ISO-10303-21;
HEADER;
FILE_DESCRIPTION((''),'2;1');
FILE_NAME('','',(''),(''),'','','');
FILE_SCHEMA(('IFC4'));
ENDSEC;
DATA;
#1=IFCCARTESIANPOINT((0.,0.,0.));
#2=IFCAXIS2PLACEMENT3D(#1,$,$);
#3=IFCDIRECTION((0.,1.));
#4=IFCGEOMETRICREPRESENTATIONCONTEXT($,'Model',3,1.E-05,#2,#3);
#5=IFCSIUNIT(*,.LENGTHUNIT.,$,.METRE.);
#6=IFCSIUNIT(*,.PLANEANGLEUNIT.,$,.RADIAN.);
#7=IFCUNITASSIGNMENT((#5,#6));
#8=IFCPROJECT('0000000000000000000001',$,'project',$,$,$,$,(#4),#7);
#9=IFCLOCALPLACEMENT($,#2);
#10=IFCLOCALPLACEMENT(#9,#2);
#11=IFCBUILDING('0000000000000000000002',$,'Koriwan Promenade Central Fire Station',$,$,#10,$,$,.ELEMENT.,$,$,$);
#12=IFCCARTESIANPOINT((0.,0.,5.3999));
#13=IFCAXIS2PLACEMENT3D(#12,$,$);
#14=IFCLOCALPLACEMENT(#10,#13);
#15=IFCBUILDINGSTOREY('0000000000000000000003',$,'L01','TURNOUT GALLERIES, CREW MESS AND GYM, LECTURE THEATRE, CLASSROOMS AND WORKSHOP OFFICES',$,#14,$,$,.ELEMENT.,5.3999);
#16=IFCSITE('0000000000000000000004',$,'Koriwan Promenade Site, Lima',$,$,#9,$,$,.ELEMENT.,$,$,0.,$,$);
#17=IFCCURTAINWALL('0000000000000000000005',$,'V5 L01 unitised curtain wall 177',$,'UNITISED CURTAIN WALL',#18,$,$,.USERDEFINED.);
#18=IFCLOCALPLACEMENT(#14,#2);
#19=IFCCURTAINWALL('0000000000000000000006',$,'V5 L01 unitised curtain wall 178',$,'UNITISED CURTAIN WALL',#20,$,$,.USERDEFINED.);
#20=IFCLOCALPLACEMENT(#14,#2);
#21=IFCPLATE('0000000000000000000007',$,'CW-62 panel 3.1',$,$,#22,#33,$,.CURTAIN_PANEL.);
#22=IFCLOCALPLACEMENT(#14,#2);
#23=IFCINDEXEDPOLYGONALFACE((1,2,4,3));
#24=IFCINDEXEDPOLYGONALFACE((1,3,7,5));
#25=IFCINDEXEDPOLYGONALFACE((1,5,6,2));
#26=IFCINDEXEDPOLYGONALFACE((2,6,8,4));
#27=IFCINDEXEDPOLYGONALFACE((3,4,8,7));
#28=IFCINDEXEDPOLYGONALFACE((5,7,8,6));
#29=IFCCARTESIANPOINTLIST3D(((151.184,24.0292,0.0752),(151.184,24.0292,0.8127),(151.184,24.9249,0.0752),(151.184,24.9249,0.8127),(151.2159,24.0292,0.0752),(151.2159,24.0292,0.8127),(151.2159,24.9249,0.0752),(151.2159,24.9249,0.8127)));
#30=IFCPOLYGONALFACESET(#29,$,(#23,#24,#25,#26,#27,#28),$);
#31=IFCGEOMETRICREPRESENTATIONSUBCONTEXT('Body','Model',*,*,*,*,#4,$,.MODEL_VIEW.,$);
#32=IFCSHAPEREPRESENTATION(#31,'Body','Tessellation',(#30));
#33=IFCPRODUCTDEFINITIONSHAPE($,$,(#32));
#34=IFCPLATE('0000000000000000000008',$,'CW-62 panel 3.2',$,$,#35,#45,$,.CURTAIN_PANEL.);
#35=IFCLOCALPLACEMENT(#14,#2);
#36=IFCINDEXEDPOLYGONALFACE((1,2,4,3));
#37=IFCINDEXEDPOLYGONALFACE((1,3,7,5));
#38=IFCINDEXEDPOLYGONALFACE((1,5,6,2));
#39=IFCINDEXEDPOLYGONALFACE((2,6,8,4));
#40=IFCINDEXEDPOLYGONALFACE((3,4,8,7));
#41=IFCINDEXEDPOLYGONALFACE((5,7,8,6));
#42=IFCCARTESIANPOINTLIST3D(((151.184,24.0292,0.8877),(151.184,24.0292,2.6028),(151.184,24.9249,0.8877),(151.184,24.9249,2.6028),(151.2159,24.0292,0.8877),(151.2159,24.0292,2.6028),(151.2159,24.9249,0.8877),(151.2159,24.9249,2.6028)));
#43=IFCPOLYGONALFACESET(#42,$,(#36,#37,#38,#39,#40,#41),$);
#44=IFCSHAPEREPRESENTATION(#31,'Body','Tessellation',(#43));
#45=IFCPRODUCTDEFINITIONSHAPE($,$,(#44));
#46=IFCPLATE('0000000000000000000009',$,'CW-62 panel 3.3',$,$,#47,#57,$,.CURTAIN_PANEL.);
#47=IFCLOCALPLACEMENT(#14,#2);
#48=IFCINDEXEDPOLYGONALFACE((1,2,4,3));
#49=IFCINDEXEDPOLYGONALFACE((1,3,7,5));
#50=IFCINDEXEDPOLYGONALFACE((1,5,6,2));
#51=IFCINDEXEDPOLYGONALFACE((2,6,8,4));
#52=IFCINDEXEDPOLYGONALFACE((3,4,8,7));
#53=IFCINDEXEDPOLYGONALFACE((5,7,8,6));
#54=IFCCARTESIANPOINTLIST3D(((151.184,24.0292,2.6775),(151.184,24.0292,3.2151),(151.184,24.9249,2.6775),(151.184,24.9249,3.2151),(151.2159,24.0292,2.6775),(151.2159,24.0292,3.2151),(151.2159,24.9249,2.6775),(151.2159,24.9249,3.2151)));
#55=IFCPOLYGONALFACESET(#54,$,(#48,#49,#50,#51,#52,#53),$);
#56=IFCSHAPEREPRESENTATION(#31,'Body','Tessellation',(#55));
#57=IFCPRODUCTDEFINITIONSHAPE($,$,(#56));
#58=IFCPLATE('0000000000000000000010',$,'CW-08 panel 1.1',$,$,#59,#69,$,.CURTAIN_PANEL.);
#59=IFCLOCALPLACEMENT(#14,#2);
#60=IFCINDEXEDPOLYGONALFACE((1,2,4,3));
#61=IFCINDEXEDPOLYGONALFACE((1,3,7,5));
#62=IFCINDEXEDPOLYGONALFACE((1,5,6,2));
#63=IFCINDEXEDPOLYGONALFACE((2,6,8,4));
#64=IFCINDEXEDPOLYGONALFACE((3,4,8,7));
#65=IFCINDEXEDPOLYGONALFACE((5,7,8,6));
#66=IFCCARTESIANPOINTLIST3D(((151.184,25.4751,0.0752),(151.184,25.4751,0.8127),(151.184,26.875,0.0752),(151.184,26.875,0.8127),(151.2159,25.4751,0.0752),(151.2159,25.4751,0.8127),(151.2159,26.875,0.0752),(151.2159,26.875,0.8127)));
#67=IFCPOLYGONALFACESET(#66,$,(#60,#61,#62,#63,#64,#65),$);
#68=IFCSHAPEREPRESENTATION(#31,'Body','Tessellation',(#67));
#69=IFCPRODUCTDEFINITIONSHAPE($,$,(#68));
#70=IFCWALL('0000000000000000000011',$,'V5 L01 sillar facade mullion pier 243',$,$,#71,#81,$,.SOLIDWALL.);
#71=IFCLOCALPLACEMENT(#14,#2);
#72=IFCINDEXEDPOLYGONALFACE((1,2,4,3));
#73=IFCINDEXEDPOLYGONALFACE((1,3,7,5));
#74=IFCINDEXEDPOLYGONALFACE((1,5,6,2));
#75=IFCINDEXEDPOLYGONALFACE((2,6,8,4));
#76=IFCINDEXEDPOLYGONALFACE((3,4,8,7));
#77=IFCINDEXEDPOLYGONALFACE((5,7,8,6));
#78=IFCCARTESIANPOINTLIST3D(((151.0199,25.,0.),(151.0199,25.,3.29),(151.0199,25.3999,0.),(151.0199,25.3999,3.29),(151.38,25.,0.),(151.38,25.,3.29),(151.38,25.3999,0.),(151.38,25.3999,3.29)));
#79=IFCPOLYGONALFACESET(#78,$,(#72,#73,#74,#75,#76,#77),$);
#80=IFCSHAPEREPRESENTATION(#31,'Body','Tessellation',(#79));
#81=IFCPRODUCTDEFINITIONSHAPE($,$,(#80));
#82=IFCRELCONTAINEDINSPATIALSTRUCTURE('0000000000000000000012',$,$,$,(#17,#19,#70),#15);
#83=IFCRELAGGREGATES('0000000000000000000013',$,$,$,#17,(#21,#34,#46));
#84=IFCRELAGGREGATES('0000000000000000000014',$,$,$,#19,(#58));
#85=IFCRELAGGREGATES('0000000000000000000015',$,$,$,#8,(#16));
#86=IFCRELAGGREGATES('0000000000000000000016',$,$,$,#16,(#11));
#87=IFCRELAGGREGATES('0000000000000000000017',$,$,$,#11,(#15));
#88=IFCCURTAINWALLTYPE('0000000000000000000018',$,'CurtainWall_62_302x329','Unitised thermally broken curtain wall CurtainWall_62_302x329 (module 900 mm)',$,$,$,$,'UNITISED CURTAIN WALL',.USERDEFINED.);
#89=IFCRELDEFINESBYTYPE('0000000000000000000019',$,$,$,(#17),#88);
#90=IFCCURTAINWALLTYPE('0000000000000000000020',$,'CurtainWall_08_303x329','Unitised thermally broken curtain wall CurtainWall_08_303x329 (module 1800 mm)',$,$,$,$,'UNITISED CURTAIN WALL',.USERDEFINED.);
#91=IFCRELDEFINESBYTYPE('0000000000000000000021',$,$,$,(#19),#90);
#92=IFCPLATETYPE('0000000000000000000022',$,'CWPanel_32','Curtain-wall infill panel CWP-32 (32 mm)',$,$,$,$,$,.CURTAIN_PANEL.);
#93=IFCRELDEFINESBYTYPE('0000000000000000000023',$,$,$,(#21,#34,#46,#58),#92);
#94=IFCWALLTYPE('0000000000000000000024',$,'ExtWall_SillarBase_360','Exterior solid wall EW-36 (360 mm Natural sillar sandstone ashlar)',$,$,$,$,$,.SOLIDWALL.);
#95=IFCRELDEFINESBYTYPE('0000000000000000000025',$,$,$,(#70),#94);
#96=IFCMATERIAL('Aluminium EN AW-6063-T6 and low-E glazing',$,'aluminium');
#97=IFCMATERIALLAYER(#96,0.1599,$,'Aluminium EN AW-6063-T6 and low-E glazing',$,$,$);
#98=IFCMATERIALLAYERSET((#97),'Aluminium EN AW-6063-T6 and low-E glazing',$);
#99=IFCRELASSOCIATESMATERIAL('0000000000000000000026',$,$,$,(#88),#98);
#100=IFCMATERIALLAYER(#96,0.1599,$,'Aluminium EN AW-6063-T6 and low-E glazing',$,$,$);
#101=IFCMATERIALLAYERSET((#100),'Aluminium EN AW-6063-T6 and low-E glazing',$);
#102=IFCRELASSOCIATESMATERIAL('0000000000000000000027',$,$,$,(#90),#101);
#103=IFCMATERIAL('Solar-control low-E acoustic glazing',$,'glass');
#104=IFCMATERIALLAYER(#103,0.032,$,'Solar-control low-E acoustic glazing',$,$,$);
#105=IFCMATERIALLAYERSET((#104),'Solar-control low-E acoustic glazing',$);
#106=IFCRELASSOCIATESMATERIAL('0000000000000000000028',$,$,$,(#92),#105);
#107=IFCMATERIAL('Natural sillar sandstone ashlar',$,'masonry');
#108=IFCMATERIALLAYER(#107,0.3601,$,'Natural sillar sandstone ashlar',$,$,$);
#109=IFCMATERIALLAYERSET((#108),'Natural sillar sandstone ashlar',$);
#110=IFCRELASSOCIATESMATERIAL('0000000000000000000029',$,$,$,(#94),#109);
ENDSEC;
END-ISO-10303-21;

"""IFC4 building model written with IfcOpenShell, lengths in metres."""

from ifc_helpers import new_model, si_unit, direction, frame, frame_2d, origin, origin_2d, place, context, subcontext, project, spatial, rectangle, extrude, material, layer, layer_set, type_object, element, aggregate, save


model = new_model("IFC4")

# Units and contexts
model_context = context("Model", 3, precision=1e-05, world=origin(), true_north=direction((0.0, 1.0)))
body_context = subcontext(model_context, "Body", "Model", "MODEL_VIEW")
ifc_project = project(units=[si_unit("LENGTHUNIT", "METRE"), si_unit("PLANEANGLEUNIT", "RADIAN")], contexts=[model_context])

# Site, building, storey
site_placement = place(None, origin())
site = spatial("IfcSite", under=ifc_project, at=site_placement, Name="Koriwan Promenade Site, Lima", CompositionType="ELEMENT", RefElevation=0.0)
building_placement = place(site_placement, origin())
building = spatial("IfcBuilding", under=site, at=building_placement, Name="Koriwan Promenade Central Fire Station", CompositionType="ELEMENT")
storey_placement = place(building_placement, frame((0.0, 0.0, 5.3999)))
storey = spatial("IfcBuildingStorey", under=building, at=storey_placement, Name="L01", Description="TURNOUT GALLERIES, CREW MESS AND GYM, LECTURE THEATRE, CLASSROOMS AND WORKSHOP OFFICES", CompositionType="ELEMENT", Elevation=5.3999)

# Curtain wall
ifc_material_1 = material(Name="Aluminium EN AW-6063-T6 and low-E glazing", Category="aluminium")
ifc_layer_1 = layer(ifc_material_1, 0.1599, Name="Aluminium EN AW-6063-T6 and low-E glazing")
ifc_layer_set_1 = layer_set([ifc_layer_1], Name="Aluminium EN AW-6063-T6 and low-E glazing")
curtain_wall_type_1 = type_object("IfcCurtainWallType", Name="CurtainWall_62_302x329", Description="Unitised thermally broken curtain wall CurtainWall_62_302x329 (module 900 mm)", ElementType="UNITISED CURTAIN WALL", PredefinedType="USERDEFINED", material=ifc_layer_set_1)
curtain_wall_1_placement = place(storey_placement, origin())
curtain_wall_1 = element("IfcCurtainWall", 1, at=curtain_wall_1_placement, inside=storey, type_object=curtain_wall_type_1, Name="V5 L01 unitised curtain wall 177", ObjectType="UNITISED CURTAIN WALL", PredefinedType="USERDEFINED")

# Curtain wall
ifc_layer_2 = layer(ifc_material_1, 0.1599, Name="Aluminium EN AW-6063-T6 and low-E glazing")
ifc_layer_set_2 = layer_set([ifc_layer_2], Name="Aluminium EN AW-6063-T6 and low-E glazing")
curtain_wall_type_2 = type_object("IfcCurtainWallType", Name="CurtainWall_08_303x329", Description="Unitised thermally broken curtain wall CurtainWall_08_303x329 (module 1800 mm)", ElementType="UNITISED CURTAIN WALL", PredefinedType="USERDEFINED", material=ifc_layer_set_2)
curtain_wall_2_placement = place(storey_placement, origin())
curtain_wall_2 = element("IfcCurtainWall", 2, at=curtain_wall_2_placement, inside=storey, type_object=curtain_wall_type_2, Name="V5 L01 unitised curtain wall 178", ObjectType="UNITISED CURTAIN WALL", PredefinedType="USERDEFINED")

# Plates
ifc_material_2 = material(Name="Solar-control low-E acoustic glazing", Category="glass")
ifc_layer_3 = layer(ifc_material_2, 0.032, Name="Solar-control low-E acoustic glazing")
ifc_layer_set_3 = layer_set([ifc_layer_3], Name="Solar-control low-E acoustic glazing")
plate_type = type_object("IfcPlateType", Name="CWPanel_32", Description="Curtain-wall infill panel CWP-32 (32 mm)", PredefinedType="CURTAIN_PANEL", material=ifc_layer_set_3)
plate_1_placement = place(storey_placement, frame((151.2, 24.4771, 0.0752), z_axis=(0.0, 0.0, 1.0), x_axis=(0.0, 1.0, 0.0)))
plate_1 = element("IfcPlate", 3, at=plate_1_placement, type_object=plate_type, Name="CW-62 panel 3.1", PredefinedType="CURTAIN_PANEL", context=body_context, shape_type="SweptSolid", body=[
    extrude(rectangle(XDim=0.8958, YDim=0.032, at=origin_2d()), origin(), (0.0, 0.0, 1.0), 0.7375),
])
plate_2_placement = place(storey_placement, frame((151.2, 24.4771, 0.8877), z_axis=(0.0, 0.0, 1.0), x_axis=(0.0, 1.0, 0.0)))
plate_2 = element("IfcPlate", 4, at=plate_2_placement, type_object=plate_type, Name="CW-62 panel 3.2", PredefinedType="CURTAIN_PANEL", context=body_context, shape_type="SweptSolid", body=[
    extrude(rectangle(XDim=0.8958, YDim=0.032, at=origin_2d()), origin(), (0.0, 0.0, 1.0), 1.7151),
])
plate_3_placement = place(storey_placement, frame((151.2, 24.4771, 2.6775), z_axis=(0.0, 0.0, 1.0), x_axis=(0.0, 1.0, 0.0)))
plate_3 = element("IfcPlate", 5, at=plate_3_placement, type_object=plate_type, Name="CW-62 panel 3.3", PredefinedType="CURTAIN_PANEL", context=body_context, shape_type="SweptSolid", body=[
    extrude(rectangle(XDim=0.8958, YDim=0.032, at=origin_2d()), origin(), (0.0, 0.0, 1.0), 0.5376),
])
aggregate(curtain_wall_1, [plate_1, plate_2, plate_3])
plate_4_placement = place(storey_placement, frame((151.2, 26.175, 0.0752), z_axis=(0.0, 0.0, 1.0), x_axis=(0.0, 1.0, 0.0)))
plate_4 = element("IfcPlate", 6, at=plate_4_placement, type_object=plate_type, Name="CW-08 panel 1.1", PredefinedType="CURTAIN_PANEL", context=body_context, shape_type="SweptSolid", body=[
    extrude(rectangle(XDim=1.3999, YDim=0.032, at=origin_2d()), origin(), (0.0, 0.0, 1.0), 0.7375),
])
aggregate(curtain_wall_2, [plate_4])

# Wall
ifc_material_3 = material(Name="Natural sillar sandstone ashlar", Category="masonry")
ifc_layer_4 = layer(ifc_material_3, 0.3601, Name="Natural sillar sandstone ashlar")
ifc_layer_set_4 = layer_set([ifc_layer_4], Name="Natural sillar sandstone ashlar")
wall_type = type_object("IfcWallType", Name="ExtWall_SillarBase_360", Description="Exterior solid wall EW-36 (360 mm Natural sillar sandstone ashlar)", PredefinedType="SOLIDWALL", material=ifc_layer_set_4)
wall_placement = place(storey_placement, frame((151.2, 25.0, 0.0), z_axis=(0.0, 0.0, 1.0), x_axis=(0.0, 1.0, 0.0)))
element("IfcWall", 7, at=wall_placement, inside=storey, type_object=wall_type, Name="V5 L01 sillar facade mullion pier 243", PredefinedType="SOLIDWALL", context=body_context, shape_type="SweptSolid", body=[
    extrude(rectangle(XDim=0.3999, YDim=0.3601, at=frame_2d((0.2, 0.0))), origin(), (0.0, 0.0, 1.0), 3.29),
])

save(model, "model.ifc")
